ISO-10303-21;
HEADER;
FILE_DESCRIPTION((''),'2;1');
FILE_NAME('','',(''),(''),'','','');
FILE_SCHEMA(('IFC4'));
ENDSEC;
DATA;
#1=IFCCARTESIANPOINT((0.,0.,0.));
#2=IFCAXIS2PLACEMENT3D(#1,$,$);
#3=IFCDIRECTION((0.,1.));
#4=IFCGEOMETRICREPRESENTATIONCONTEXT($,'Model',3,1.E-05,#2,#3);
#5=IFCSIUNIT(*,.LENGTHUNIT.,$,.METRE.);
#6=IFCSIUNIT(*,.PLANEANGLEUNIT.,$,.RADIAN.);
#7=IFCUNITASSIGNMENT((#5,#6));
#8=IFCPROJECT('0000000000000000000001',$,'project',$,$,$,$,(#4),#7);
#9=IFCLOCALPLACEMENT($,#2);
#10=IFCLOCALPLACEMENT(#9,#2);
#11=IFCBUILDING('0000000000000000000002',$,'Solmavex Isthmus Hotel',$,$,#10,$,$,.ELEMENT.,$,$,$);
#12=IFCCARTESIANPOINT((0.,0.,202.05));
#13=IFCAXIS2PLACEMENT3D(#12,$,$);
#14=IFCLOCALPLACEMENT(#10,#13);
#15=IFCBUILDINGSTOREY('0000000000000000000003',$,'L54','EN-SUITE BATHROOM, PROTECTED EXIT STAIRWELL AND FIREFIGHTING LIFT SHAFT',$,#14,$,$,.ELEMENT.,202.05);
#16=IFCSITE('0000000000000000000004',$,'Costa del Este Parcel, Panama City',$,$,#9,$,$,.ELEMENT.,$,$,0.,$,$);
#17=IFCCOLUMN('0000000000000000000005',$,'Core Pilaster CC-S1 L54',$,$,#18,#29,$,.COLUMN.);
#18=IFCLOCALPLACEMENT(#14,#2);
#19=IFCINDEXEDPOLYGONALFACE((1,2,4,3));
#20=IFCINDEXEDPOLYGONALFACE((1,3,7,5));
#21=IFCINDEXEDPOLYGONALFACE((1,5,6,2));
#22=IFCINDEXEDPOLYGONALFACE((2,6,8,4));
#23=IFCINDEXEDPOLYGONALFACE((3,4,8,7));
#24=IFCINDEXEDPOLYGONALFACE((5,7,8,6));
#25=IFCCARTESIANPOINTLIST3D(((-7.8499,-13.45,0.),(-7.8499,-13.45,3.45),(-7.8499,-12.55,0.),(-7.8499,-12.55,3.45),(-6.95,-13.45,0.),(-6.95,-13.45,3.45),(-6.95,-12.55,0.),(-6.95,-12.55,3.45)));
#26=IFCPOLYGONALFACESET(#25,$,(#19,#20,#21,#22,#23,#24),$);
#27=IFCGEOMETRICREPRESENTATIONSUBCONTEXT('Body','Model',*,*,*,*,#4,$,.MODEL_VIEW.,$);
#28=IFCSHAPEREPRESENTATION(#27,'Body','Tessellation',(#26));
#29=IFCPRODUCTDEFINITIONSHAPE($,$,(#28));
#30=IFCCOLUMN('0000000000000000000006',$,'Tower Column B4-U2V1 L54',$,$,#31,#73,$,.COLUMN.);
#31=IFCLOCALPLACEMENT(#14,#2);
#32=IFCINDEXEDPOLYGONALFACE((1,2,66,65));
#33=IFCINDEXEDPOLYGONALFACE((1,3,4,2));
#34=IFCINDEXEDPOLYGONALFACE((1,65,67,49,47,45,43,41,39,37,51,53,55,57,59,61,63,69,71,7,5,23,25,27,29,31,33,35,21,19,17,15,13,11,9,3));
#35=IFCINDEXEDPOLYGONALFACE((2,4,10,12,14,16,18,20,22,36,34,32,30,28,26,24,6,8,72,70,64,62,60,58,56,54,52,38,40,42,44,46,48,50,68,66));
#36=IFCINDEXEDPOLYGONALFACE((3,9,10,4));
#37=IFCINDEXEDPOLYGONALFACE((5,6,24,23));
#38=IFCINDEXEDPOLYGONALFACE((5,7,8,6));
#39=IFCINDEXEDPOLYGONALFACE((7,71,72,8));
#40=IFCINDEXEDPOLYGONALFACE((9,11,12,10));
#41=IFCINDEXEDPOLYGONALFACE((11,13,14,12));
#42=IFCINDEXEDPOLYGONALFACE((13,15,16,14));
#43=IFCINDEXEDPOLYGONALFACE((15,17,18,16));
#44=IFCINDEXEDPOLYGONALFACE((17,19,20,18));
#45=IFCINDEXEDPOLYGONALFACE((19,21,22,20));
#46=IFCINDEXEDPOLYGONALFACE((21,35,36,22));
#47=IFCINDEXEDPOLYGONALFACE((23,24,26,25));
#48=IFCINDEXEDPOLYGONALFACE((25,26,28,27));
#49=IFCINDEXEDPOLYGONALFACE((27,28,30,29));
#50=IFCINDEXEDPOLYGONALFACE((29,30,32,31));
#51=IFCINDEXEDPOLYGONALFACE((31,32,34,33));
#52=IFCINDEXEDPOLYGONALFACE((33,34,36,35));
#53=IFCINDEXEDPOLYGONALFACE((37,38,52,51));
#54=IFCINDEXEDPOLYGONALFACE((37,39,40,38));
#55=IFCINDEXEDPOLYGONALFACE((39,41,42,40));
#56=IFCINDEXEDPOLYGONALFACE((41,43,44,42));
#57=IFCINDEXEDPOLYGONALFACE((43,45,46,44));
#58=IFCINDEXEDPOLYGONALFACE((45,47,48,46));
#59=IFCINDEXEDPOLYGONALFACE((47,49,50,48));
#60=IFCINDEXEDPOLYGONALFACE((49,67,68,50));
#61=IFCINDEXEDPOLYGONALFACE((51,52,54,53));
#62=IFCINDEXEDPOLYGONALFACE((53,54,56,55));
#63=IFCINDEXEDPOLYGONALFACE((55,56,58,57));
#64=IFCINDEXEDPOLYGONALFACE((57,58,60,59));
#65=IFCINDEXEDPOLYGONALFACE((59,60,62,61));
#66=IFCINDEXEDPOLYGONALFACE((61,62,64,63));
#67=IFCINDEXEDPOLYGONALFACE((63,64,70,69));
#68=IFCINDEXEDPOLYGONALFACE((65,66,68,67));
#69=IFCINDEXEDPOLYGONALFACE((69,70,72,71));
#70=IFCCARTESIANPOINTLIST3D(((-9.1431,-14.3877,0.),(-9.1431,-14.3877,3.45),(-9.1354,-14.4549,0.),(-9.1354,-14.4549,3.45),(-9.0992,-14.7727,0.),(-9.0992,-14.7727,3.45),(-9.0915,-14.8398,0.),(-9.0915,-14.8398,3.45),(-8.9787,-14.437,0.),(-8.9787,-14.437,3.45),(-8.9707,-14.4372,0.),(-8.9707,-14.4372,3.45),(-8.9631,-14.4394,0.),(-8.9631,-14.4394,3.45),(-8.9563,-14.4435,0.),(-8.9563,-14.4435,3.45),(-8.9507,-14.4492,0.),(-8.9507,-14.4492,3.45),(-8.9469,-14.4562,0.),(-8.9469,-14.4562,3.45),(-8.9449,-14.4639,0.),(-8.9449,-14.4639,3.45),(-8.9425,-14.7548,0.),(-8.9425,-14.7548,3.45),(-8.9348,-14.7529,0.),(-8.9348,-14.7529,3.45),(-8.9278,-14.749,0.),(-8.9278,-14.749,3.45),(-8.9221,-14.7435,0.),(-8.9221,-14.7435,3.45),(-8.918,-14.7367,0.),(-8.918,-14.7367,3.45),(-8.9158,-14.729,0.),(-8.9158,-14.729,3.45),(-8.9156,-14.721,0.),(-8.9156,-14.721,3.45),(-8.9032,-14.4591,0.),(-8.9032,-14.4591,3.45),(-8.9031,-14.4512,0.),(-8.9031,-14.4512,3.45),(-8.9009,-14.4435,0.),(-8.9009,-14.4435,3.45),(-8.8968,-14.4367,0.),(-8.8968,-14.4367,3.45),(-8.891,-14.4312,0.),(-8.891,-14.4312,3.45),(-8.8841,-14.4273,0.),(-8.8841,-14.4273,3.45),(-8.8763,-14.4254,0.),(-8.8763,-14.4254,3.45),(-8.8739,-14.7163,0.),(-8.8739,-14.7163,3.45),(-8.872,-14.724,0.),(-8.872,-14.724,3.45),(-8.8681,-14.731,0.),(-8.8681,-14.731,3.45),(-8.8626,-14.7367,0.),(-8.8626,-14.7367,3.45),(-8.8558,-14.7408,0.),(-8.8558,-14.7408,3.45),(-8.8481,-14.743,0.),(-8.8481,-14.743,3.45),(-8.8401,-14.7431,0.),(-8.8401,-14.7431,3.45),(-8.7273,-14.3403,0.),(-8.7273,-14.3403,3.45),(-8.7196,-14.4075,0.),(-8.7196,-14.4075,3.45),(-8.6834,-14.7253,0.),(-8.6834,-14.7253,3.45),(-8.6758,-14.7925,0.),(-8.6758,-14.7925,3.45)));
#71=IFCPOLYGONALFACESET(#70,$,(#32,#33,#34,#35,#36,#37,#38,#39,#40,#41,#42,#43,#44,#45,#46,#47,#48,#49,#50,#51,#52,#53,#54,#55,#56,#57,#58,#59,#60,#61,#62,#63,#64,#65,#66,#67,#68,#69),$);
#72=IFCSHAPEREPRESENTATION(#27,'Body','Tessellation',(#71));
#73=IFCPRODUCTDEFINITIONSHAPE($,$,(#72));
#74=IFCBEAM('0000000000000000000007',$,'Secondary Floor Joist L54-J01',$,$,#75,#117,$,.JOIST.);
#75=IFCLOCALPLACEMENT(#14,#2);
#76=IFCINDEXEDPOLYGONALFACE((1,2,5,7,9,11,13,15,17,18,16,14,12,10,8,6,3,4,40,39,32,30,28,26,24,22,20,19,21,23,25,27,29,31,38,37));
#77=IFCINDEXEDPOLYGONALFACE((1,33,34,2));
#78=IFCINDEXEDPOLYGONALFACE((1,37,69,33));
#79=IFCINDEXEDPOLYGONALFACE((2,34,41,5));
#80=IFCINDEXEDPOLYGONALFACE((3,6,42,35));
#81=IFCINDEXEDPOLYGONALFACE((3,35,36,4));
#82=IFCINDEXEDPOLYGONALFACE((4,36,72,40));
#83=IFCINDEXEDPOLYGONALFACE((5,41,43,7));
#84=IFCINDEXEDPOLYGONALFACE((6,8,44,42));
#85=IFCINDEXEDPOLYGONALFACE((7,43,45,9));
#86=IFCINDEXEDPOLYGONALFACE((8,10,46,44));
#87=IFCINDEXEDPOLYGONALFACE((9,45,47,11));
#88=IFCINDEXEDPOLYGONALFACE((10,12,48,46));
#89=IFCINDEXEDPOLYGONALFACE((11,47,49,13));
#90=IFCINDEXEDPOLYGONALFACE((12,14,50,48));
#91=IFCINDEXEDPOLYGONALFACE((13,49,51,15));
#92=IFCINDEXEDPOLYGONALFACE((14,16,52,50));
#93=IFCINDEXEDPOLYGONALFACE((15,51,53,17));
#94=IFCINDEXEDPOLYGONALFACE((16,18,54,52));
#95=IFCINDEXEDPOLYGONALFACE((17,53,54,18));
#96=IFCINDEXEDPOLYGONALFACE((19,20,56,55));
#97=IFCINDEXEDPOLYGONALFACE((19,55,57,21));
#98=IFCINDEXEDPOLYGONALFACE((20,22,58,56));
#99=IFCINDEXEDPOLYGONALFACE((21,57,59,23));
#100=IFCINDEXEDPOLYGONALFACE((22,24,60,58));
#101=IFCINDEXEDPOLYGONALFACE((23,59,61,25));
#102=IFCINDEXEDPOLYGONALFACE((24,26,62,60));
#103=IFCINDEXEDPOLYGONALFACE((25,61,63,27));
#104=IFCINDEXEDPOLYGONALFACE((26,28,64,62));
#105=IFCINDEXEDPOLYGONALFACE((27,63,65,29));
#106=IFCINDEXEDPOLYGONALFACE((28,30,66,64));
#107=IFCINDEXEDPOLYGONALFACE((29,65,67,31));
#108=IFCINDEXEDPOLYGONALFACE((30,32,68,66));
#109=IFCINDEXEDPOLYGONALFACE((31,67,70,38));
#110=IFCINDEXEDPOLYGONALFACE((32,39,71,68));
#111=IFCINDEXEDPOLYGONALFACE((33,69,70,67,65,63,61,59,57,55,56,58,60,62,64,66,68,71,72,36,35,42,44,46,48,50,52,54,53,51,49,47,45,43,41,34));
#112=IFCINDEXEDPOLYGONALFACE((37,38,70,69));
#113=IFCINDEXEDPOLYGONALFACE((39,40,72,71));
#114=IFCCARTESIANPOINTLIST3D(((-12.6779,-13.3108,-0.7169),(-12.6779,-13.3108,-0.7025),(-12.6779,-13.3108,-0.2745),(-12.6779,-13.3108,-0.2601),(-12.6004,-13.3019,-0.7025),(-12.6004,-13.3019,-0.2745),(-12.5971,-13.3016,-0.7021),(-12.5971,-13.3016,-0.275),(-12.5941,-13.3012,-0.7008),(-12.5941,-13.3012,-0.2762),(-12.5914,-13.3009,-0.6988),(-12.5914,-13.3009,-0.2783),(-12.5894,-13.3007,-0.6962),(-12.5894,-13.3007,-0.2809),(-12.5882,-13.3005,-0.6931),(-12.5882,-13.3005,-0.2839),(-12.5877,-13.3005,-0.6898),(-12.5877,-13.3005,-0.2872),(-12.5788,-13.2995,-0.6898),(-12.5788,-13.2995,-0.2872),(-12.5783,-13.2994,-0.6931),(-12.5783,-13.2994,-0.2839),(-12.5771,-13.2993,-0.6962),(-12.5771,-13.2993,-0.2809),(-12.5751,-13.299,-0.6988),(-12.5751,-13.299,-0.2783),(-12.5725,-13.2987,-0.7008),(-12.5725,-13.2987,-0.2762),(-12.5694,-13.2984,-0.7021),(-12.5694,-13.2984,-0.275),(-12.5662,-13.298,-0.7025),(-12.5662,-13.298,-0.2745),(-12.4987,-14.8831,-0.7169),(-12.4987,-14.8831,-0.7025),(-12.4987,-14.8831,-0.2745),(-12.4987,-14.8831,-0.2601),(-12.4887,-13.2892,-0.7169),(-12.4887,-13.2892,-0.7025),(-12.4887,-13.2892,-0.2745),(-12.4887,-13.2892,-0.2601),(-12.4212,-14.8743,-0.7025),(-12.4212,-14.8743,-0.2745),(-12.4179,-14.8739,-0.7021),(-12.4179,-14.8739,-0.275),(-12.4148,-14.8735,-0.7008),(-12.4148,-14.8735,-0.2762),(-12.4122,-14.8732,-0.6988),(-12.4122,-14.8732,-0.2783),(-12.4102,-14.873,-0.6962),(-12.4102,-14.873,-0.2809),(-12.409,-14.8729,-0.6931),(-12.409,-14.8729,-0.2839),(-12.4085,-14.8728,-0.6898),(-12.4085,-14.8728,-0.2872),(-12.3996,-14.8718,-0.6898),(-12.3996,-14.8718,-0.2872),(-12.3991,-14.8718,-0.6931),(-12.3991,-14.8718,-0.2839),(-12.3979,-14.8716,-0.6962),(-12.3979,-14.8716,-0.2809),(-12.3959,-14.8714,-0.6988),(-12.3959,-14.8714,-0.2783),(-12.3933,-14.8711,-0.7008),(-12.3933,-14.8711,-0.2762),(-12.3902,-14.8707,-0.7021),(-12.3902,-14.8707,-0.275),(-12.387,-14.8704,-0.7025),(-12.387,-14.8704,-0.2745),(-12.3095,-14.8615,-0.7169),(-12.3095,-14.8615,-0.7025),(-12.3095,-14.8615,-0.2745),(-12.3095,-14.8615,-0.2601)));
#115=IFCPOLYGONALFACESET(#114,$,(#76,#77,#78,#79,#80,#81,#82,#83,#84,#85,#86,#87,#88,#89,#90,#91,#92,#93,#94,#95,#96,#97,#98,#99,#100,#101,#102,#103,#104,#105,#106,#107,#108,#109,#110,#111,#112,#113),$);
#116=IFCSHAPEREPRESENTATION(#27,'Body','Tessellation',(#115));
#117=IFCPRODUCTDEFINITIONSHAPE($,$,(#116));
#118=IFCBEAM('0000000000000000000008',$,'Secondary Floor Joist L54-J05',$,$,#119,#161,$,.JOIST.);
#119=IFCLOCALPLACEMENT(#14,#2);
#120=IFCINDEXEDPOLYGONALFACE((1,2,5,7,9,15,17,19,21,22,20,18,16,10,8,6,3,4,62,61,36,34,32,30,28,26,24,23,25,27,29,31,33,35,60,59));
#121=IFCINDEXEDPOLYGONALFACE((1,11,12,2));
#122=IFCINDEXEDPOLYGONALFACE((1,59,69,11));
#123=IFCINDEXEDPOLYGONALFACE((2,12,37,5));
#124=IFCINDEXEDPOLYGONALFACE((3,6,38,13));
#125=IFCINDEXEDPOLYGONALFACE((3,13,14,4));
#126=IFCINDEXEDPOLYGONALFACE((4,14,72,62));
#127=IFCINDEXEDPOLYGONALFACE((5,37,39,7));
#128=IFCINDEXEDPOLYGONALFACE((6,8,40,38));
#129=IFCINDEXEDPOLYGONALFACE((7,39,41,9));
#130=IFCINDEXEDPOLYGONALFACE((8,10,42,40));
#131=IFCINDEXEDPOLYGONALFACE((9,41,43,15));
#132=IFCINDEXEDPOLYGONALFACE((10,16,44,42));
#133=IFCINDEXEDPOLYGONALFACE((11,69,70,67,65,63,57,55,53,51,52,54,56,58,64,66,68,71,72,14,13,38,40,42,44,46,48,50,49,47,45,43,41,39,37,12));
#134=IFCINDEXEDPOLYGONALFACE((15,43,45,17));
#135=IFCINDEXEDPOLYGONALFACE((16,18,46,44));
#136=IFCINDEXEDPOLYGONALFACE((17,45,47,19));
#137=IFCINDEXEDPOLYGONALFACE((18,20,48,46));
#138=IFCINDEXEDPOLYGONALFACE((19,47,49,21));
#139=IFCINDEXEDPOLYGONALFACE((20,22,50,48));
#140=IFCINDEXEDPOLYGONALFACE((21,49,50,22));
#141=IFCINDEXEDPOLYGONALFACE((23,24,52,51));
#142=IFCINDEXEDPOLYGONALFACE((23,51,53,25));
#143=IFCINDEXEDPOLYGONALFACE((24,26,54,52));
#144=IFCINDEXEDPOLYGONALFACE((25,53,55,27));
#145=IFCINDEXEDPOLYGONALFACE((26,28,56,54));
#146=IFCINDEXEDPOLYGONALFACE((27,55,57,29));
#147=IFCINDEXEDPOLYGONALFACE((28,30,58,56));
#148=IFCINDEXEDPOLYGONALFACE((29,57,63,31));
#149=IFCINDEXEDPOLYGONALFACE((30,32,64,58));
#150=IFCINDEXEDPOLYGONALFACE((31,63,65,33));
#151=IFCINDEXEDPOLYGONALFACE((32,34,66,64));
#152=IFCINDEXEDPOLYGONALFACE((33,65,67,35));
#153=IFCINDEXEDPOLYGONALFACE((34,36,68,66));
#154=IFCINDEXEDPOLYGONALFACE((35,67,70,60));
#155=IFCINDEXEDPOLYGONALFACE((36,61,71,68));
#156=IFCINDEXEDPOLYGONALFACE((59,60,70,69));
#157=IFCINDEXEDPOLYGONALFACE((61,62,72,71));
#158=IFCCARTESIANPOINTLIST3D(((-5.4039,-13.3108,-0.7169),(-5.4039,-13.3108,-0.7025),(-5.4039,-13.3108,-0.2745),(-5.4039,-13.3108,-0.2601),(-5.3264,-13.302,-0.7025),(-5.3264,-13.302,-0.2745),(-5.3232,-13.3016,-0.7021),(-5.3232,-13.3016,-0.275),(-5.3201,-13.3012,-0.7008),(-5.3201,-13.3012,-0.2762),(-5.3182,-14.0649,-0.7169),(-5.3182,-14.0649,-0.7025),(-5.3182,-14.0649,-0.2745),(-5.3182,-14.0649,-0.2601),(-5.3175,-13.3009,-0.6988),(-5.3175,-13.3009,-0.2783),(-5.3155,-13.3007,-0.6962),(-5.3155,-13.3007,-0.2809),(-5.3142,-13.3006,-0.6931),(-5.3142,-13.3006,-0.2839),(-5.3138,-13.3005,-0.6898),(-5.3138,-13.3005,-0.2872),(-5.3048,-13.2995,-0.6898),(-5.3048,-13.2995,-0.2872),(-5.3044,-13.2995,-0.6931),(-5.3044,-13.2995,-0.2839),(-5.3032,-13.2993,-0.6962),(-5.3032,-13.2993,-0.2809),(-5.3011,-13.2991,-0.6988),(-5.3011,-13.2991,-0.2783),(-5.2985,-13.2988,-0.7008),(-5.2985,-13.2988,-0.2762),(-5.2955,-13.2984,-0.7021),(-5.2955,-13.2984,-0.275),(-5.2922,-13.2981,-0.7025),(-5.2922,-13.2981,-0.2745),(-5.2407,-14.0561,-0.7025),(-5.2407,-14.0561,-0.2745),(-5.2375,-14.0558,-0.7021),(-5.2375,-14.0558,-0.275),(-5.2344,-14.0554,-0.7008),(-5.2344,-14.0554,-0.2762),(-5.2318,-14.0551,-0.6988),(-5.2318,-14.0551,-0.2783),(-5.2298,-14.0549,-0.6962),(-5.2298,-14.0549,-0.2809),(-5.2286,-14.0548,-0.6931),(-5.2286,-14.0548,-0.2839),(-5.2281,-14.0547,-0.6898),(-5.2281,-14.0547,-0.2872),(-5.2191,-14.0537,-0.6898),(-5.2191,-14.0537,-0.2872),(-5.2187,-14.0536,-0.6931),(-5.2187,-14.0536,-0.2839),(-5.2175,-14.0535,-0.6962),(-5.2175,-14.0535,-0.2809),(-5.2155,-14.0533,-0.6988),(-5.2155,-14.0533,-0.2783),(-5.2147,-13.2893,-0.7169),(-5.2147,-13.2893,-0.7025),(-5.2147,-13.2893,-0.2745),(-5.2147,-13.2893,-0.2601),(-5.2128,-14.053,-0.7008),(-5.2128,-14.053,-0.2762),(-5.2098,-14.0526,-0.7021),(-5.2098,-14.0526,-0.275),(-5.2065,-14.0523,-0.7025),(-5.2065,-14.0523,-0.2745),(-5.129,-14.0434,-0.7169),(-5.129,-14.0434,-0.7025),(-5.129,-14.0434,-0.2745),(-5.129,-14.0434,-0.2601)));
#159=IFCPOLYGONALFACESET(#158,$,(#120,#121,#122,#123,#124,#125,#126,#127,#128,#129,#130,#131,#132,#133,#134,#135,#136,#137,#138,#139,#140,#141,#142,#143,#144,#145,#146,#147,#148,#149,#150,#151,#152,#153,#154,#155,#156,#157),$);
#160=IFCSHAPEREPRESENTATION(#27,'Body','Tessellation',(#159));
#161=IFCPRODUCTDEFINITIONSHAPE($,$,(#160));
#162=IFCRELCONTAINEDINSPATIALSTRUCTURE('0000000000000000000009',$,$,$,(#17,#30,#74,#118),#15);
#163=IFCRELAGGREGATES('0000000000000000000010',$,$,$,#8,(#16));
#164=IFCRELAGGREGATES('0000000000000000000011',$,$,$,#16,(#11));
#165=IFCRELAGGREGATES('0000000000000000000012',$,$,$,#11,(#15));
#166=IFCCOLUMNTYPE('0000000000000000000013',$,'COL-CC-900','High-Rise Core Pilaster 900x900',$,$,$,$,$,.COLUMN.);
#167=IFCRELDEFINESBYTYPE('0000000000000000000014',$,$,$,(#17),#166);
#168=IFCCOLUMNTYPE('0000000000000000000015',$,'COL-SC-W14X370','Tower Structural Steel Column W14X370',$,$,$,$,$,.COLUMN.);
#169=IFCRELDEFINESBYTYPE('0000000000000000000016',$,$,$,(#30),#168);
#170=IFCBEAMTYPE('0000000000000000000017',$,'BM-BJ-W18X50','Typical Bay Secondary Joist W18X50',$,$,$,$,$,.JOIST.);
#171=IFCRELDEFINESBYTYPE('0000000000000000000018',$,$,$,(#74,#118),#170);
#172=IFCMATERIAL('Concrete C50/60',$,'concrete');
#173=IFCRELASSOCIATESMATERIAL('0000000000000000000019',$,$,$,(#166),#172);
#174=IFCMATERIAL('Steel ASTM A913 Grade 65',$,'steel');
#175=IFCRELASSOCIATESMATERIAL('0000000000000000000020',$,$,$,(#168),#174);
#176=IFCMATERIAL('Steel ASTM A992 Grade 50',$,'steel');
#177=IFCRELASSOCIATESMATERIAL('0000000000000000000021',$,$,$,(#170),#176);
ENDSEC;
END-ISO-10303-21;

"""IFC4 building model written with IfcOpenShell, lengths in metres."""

from ifc_helpers import new_model, si_unit, direction, frame, origin, origin_2d, place, context, subcontext, project, spatial, rectangle, i_section, extrude, material, material_profile, profile_set, type_object, element, save


model = new_model("IFC4")

# Units and contexts
model_context = context("Model", 3, precision=1e-05, world=origin(), true_north=direction((0.0, 1.0)))
body_context = subcontext(model_context, "Body", "Model", "MODEL_VIEW")
ifc_project = project(units=[si_unit("LENGTHUNIT", "METRE"), si_unit("PLANEANGLEUNIT", "RADIAN")], contexts=[model_context])

# Site, building, storey
site_placement = place(None, origin())
site = spatial("IfcSite", under=ifc_project, at=site_placement, Name="Costa del Este Parcel, Panama City", CompositionType="ELEMENT", RefElevation=0.0)
building_placement = place(site_placement, origin())
building = spatial("IfcBuilding", under=site, at=building_placement, Name="Solmavex Isthmus Hotel", CompositionType="ELEMENT")
storey_placement = place(building_placement, frame((0.0, 0.0, 202.05)))
storey = spatial("IfcBuildingStorey", under=building, at=storey_placement, Name="L54", Description="EN-SUITE BATHROOM, PROTECTED EXIT STAIRWELL AND FIREFIGHTING LIFT SHAFT", CompositionType="ELEMENT", Elevation=202.05)

# Columns
ifc_material_1 = material(Name="Concrete C50/60", Category="concrete")
ifc_material_profile_1 = material_profile(ifc_material_1, rectangle(XDim=0.8999, YDim=0.8999, at=origin_2d()), Name="RC900X900")
ifc_profile_set_1 = profile_set([ifc_material_profile_1], Name="Concrete C50/60")
column_type_1 = type_object("IfcColumnType", Name="COL-CC-900", Description="High-Rise Core Pilaster 900x900", PredefinedType="COLUMN", material=ifc_profile_set_1)
column_1_placement = place(storey_placement, frame((-7.3999, -13.0, 0.0), z_axis=(0.0, 0.0, 1.0), x_axis=(1.0, 0.0, 0.0)))
element("IfcColumn", 1, at=column_1_placement, inside=storey, type_object=column_type_1, Name="Core Pilaster CC-S1 L54", PredefinedType="COLUMN", context=body_context, shape_type="SweptSolid", body=[
    extrude(rectangle(XDim=0.8999, YDim=0.8999, at=origin_2d()), origin(), (0.0, 0.0, 1.0), 3.45),
])
ifc_material_2 = material(Name="Steel ASTM A913 Grade 65", Category="steel")
ifc_material_profile_2 = material_profile(ifc_material_2, i_section(OverallWidth=0.4185, OverallDepth=0.4551, WebThickness=0.042, FlangeThickness=0.0676, FilletRadius=0.0305, at=origin_2d()), Name="W14X370")
ifc_profile_set_2 = profile_set([ifc_material_profile_2], Name="Steel ASTM A913 Grade 65")
column_type_2 = type_object("IfcColumnType", Name="COL-SC-W14X370", Description="Tower Structural Steel Column W14X370", PredefinedType="COLUMN", material=ifc_profile_set_2)
column_2_placement = place(storey_placement, frame((-8.9094, -14.5901, 0.0), z_axis=(0.0, 0.0, 1.0), x_axis=(0.993572, 0.113203, 0.0)))
element("IfcColumn", 2, at=column_2_placement, inside=storey, type_object=column_type_2, Name="Tower Column B4-U2V1 L54", PredefinedType="COLUMN", context=body_context, shape_type="SweptSolid", body=[
    extrude(i_section(OverallWidth=0.4185, OverallDepth=0.4551, WebThickness=0.042, FlangeThickness=0.0676, FilletRadius=0.0305, at=origin_2d()), origin(), (0.0, 0.0, 1.0), 3.45),
])

# Beams
ifc_material_3 = material(Name="Steel ASTM A992 Grade 50", Category="steel")
ifc_material_profile_3 = material_profile(ifc_material_3, i_section(OverallWidth=0.1904, OverallDepth=0.4568, WebThickness=0.009, FlangeThickness=0.0144, FilletRadius=0.0127, at=origin_2d()), Name="W18X50")
ifc_profile_set_3 = profile_set([ifc_material_profile_3], Name="Steel ASTM A992 Grade 50")
beam_type_1 = type_object("IfcBeamType", Name="BM-BJ-W18X50", Description="Typical Bay Secondary Joist W18X50", PredefinedType="JOIST", material=ifc_profile_set_3)
beam_1_placement = place(storey_placement, frame((-12.4041, -14.8723, -0.4885), z_axis=(-0.113242, 0.993567, 0.0), x_axis=(-0.993567, -0.113242, 0.0)))
element("IfcBeam", 3, at=beam_1_placement, inside=storey, type_object=beam_type_1, Name="Secondary Floor Joist L54-J01", PredefinedType="JOIST", context=body_context, shape_type="SweptSolid", body=[
    extrude(i_section(OverallWidth=0.1904, OverallDepth=0.4568, WebThickness=0.009, FlangeThickness=0.0144, FilletRadius=0.0127, at=origin_2d()), origin(), (0.0, 0.0, 1.0), 1.5825),
])
beam_2_placement = place(storey_placement, frame((-5.2236, -14.0542, -0.4885), z_axis=(-0.112902, 0.993606, 0.0), x_axis=(-0.993606, -0.112902, 0.0)))
element("IfcBeam", 4, at=beam_2_placement, inside=storey, type_object=beam_type_1, Name="Secondary Floor Joist L54-J05", PredefinedType="JOIST", context=body_context, shape_type="SweptSolid", body=[
    extrude(i_section(OverallWidth=0.1904, OverallDepth=0.4568, WebThickness=0.009, FlangeThickness=0.0144, FilletRadius=0.0127, at=origin_2d()), origin(), (0.0, 0.0, 1.0), 0.759),
])

save(model, "model.ifc")
